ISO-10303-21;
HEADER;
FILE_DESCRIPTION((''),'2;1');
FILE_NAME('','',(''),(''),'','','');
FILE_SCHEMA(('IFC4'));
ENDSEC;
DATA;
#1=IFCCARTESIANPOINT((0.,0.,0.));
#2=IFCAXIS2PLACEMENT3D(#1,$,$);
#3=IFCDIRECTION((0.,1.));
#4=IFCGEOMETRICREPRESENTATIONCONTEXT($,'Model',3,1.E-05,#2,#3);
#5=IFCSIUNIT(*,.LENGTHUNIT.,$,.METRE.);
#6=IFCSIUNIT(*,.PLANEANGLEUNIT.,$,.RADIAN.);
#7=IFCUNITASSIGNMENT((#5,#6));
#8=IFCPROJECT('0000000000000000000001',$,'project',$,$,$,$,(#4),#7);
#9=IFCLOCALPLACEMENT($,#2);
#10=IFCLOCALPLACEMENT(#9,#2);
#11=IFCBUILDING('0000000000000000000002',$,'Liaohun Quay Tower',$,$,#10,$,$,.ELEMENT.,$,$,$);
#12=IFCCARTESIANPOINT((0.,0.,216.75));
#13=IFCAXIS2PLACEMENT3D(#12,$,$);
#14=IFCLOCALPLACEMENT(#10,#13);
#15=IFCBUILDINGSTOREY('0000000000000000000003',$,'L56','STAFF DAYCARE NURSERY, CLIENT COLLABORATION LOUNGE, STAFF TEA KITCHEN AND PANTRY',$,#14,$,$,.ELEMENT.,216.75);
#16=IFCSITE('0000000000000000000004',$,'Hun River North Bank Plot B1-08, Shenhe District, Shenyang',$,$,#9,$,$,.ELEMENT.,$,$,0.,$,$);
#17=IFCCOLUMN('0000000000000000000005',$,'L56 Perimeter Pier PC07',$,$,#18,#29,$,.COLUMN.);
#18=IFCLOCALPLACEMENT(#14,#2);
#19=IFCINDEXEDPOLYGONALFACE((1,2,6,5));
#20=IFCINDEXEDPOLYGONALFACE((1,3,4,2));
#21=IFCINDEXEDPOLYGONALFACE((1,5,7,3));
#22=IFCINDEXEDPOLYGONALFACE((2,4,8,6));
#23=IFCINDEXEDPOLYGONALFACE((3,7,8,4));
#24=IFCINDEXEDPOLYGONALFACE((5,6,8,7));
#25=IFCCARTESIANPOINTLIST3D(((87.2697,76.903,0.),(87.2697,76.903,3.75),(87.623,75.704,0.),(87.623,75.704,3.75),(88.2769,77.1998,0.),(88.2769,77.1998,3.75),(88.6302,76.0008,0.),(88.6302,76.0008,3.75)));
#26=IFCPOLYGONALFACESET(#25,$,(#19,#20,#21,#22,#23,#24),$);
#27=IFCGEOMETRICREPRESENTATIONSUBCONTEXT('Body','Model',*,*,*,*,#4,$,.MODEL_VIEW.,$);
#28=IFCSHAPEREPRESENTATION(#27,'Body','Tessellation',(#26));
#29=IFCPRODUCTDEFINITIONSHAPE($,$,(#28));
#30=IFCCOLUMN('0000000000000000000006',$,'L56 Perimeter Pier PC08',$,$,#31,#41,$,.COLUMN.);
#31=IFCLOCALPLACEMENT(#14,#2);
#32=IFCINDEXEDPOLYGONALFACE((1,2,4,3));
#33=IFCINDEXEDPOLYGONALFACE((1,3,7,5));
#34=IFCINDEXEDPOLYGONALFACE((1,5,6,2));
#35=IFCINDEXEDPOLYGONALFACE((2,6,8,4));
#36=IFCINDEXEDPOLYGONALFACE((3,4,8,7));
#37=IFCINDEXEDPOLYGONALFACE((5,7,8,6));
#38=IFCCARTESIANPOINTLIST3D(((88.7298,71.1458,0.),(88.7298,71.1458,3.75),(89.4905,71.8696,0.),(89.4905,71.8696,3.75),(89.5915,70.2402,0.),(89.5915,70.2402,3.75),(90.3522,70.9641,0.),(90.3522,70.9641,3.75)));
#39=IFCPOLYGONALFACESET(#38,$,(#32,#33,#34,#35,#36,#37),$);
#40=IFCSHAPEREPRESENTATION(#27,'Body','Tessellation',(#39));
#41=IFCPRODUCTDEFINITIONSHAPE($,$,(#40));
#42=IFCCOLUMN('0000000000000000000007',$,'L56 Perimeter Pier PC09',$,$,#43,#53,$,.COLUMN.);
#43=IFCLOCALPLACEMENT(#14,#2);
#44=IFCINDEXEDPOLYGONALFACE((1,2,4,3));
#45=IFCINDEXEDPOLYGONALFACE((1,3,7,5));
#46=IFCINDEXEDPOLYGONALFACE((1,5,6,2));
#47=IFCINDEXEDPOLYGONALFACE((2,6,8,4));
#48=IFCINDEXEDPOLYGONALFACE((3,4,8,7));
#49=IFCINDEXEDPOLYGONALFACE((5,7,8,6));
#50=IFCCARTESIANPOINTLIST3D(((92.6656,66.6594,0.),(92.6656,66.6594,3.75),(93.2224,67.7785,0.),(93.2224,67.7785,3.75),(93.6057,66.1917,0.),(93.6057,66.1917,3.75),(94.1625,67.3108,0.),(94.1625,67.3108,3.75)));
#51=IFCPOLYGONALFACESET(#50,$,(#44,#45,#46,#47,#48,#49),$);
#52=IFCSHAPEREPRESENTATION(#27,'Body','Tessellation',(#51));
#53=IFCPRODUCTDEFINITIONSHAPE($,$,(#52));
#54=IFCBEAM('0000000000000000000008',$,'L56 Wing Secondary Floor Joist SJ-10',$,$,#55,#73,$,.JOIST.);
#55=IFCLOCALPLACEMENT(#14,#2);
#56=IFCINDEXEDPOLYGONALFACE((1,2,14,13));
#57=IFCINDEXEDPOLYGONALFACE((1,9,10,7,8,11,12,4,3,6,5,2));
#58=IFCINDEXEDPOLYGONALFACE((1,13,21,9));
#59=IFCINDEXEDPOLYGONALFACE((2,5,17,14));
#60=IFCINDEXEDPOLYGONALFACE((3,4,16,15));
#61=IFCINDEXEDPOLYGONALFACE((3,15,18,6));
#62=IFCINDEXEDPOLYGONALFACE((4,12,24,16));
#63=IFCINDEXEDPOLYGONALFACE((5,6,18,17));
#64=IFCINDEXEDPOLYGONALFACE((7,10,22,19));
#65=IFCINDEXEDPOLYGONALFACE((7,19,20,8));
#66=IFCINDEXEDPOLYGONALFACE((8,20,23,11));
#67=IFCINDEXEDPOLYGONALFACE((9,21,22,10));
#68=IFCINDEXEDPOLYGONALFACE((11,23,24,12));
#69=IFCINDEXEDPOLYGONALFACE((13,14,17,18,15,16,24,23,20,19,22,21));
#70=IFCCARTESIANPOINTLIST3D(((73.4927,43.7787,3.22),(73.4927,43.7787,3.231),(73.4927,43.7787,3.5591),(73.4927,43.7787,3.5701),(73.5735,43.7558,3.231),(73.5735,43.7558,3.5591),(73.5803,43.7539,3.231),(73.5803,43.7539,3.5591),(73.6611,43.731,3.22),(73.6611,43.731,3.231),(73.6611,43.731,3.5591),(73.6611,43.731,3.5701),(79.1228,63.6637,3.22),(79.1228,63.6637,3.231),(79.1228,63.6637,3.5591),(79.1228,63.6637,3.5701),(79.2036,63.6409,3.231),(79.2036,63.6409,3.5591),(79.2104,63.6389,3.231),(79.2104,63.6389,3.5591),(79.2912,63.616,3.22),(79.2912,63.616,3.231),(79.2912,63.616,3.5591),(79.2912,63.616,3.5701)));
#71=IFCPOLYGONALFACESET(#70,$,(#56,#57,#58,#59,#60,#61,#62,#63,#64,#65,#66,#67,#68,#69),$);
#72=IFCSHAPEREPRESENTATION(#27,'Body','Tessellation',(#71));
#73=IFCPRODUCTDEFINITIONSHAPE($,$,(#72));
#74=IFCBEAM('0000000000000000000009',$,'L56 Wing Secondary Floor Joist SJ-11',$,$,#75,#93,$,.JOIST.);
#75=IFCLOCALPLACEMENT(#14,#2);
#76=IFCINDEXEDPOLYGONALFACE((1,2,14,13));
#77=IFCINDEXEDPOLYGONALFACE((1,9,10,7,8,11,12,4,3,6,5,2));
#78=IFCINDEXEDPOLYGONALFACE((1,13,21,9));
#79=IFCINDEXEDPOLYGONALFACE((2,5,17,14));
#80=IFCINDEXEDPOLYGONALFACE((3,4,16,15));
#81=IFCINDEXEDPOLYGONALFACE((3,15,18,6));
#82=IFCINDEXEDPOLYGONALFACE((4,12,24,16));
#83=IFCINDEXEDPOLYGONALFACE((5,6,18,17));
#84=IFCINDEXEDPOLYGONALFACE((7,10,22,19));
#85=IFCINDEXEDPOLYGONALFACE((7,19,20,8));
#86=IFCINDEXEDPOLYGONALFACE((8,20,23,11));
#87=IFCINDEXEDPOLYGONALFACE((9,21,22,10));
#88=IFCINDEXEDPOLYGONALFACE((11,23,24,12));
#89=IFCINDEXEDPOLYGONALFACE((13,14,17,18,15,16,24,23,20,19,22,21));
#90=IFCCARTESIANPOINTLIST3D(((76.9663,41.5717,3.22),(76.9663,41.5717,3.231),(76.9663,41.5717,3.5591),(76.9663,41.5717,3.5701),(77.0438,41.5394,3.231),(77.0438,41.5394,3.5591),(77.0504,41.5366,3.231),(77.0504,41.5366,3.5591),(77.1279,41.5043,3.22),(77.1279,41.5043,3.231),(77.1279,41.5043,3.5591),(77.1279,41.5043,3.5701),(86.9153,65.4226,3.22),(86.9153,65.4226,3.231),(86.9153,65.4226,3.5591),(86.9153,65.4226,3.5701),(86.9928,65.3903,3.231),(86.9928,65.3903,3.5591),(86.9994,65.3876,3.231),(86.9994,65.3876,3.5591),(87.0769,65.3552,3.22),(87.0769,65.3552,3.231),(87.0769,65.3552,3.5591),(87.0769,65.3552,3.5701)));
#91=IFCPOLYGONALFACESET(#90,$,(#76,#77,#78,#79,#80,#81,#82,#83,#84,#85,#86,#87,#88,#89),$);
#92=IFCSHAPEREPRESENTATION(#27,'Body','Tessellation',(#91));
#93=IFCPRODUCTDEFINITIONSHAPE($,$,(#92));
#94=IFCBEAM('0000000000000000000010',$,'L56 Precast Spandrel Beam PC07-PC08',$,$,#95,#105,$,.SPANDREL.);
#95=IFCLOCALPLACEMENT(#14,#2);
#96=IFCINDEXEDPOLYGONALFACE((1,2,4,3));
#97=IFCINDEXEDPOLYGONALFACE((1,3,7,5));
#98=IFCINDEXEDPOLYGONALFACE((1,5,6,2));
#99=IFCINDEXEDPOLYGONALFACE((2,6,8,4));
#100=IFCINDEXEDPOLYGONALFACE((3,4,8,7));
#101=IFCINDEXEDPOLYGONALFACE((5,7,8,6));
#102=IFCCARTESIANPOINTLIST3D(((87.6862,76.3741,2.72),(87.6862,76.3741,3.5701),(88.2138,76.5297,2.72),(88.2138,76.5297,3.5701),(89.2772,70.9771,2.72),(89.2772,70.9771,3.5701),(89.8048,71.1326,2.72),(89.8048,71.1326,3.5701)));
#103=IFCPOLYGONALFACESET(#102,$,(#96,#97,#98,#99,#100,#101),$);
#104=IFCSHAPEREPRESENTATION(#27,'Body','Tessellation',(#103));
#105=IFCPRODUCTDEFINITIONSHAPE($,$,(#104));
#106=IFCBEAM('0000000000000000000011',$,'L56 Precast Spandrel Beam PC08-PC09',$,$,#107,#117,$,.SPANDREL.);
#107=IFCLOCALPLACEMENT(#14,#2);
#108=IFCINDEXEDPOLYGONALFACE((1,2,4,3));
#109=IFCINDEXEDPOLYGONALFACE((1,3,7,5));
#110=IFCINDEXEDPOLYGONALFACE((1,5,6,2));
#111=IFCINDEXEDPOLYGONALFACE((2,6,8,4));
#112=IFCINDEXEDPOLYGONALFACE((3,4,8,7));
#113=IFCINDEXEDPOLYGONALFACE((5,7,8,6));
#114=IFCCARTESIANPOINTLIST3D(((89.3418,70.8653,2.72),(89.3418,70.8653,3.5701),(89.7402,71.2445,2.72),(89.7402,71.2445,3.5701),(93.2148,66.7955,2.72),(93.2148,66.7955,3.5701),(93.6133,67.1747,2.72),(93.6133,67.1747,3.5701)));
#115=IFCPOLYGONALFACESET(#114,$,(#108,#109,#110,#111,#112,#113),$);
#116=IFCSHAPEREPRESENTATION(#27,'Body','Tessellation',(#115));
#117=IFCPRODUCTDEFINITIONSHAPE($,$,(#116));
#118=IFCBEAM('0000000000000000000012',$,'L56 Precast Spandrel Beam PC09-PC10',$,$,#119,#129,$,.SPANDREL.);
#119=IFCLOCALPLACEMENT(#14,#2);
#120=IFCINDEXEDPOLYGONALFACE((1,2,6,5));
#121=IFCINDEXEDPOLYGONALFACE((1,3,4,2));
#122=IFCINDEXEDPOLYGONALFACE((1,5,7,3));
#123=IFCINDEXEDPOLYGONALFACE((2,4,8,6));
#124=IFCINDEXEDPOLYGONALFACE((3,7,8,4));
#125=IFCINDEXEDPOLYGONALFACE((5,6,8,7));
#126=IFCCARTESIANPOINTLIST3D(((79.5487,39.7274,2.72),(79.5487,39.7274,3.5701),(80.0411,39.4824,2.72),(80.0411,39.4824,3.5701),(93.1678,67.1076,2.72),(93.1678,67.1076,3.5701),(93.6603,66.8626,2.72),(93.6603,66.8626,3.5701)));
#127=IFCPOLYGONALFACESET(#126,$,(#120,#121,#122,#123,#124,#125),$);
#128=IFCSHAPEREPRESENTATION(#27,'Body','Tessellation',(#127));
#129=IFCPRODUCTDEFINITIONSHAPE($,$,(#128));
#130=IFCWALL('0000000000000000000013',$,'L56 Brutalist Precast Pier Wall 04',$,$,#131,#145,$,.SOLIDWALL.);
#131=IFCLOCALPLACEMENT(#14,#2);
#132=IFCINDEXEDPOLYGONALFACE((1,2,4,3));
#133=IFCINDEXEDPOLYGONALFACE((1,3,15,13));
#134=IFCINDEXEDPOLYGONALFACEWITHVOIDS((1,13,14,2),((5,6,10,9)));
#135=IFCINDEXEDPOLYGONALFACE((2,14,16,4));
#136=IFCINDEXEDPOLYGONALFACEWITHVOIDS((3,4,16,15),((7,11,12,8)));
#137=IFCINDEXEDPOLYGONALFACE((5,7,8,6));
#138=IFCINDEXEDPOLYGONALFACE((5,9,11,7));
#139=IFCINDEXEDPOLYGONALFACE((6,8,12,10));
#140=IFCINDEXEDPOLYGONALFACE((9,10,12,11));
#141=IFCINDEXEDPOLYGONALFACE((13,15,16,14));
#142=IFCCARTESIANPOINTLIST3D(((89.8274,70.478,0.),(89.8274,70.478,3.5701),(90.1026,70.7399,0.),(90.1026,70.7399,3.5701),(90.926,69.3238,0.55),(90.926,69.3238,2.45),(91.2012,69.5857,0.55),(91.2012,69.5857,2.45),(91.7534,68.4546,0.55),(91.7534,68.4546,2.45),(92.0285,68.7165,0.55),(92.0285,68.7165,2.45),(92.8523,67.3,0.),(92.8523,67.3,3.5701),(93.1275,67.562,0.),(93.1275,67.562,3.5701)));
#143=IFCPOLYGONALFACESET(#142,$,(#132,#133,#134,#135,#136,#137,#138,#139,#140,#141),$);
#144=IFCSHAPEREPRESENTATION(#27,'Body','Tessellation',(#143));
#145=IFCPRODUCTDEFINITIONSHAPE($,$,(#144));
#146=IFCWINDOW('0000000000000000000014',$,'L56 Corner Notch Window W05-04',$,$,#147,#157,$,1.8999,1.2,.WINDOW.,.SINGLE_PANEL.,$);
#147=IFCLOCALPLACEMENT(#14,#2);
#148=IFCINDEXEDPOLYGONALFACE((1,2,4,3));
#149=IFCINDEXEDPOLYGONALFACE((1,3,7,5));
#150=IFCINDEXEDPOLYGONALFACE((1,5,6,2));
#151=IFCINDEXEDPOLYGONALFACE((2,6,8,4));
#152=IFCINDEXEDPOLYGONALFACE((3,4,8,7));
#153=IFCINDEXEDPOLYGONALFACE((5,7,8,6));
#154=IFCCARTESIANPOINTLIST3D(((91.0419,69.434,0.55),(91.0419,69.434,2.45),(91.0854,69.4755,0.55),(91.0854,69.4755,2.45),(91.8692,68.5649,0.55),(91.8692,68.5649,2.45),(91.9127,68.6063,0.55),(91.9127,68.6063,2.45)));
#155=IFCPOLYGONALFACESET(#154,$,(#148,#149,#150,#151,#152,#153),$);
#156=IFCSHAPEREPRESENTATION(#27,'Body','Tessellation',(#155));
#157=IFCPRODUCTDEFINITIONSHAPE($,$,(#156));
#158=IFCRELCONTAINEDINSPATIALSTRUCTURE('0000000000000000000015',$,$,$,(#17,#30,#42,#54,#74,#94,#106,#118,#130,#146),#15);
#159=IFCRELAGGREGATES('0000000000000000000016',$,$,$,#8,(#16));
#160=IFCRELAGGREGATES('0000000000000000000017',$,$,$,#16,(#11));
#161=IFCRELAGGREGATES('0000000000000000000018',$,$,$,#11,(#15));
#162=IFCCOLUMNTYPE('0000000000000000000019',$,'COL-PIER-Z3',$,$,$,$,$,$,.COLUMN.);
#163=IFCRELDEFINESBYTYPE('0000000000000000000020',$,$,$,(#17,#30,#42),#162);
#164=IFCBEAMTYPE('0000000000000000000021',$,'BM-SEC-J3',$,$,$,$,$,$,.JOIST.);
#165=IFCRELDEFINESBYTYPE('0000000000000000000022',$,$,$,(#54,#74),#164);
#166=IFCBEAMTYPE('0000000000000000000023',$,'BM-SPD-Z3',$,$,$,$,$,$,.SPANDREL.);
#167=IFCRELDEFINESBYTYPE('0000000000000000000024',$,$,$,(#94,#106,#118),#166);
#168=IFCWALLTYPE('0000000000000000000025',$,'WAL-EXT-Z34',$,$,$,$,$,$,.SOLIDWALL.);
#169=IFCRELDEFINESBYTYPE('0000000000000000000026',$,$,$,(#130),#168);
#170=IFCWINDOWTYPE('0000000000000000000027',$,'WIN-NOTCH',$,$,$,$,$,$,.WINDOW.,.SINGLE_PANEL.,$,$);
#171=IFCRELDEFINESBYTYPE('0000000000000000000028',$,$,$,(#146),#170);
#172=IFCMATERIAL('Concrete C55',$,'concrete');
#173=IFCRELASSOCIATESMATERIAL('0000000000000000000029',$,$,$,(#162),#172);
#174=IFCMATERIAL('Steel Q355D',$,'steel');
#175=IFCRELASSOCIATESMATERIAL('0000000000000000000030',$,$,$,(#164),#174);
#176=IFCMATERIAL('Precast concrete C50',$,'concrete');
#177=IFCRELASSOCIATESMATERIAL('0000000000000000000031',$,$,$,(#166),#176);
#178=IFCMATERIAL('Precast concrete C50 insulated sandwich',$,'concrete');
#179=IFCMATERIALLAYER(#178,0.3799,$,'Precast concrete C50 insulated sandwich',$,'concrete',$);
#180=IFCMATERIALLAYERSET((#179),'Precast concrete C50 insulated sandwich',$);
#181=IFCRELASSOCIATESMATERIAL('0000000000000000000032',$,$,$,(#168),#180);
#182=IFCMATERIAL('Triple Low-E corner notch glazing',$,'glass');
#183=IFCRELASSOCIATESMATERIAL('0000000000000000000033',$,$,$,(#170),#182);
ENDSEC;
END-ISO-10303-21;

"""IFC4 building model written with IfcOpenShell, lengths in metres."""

from ifc_helpers import new_model, si_unit, direction, frame, frame_2d, origin, origin_2d, place, context, subcontext, project, spatial, rectangle, i_section, extrude, source, transform, mapped, material, layer, layer_set, material_profile, profile_set, type_object, element, fill, save


model = new_model("IFC4")

# Units and contexts
model_context = context("Model", 3, precision=1e-05, world=origin(), true_north=direction((0.0, 1.0)))
body_context = subcontext(model_context, "Body", "Model", "MODEL_VIEW")
ifc_project = project(units=[si_unit("LENGTHUNIT", "METRE"), si_unit("PLANEANGLEUNIT", "RADIAN")], contexts=[model_context])

# Site, building, storey
site_placement = place(None, origin())
site = spatial("IfcSite", under=ifc_project, at=site_placement, Name="Hun River North Bank Plot B1-08, Shenhe District, Shenyang", CompositionType="ELEMENT", RefElevation=0.0)
building_placement = place(site_placement, origin())
building = spatial("IfcBuilding", under=site, at=building_placement, Name="Liaohun Quay Tower", CompositionType="ELEMENT")
storey_placement = place(building_placement, frame((0.0, 0.0, 216.75)))
storey = spatial("IfcBuildingStorey", under=building, at=storey_placement, Name="L56", Description="STAFF DAYCARE NURSERY, CLIENT COLLABORATION LOUNGE, STAFF TEA KITCHEN AND PANTRY", CompositionType="ELEMENT", Elevation=216.75)

# Columns
ifc_material_1 = material(Name="Concrete C55", Category="concrete")
ifc_material_profile_1 = material_profile(ifc_material_1, rectangle(XDim=1.25, YDim=1.05, at=origin_2d()), Name="RC1250x1050")
ifc_profile_set_1 = profile_set([ifc_material_profile_1], Name="Concrete C55")
column_type = type_object("IfcColumnType", Name="COL-PIER-Z3", PredefinedType="COLUMN", material=ifc_profile_set_1)
shared_shape_1 = source(origin(), body_context, "Body", "SweptSolid", [
    extrude(rectangle(XDim=1.25, YDim=1.05, at=origin_2d()), origin(), (0.0, 0.0, 1.0), 3.75),
])
for number, where, z_axis, x_axis, name in (
    (1, (87.95, 76.4519, 0.0), (0.0, 0.0, 1.0), (-0.282676, 0.959215, 0.0), "L56 Perimeter Pier PC07"),
    (2, (89.541, 71.0549, 0.0), (0.0, 0.0, 1.0), (-0.689367, 0.724413, 0.0), "L56 Perimeter Pier PC08"),
    (3, (93.4141, 66.9851, 0.0), (0.0, 0.0, 1.0), (0.445417, 0.895323, 0.0), "L56 Perimeter Pier PC09"),
):
    element("IfcColumn", number, at=place(storey_placement, frame(where, z_axis=z_axis, x_axis=x_axis)), inside=storey, type_object=column_type, Name=name, PredefinedType="COLUMN", context=body_context, shape_type="MappedRepresentation", body=[
        mapped(shared_shape_1, transform((0.0, 0.0, 0.0), x_axis=(1.0, 0.0, 0.0), y_axis=(0.0, 1.0, 0.0), z_axis=(0.0, 0.0, 1.0), scale=1.0)),
    ])

# Beams
ifc_material_2 = material(Name="Steel Q355D", Category="steel")
ifc_material_profile_2 = material_profile(ifc_material_2, i_section(OverallWidth=0.175, OverallDepth=0.3501, WebThickness=0.0071, FlangeThickness=0.011, at=origin_2d()), Name="HN350x175x7x11")
ifc_profile_set_2 = profile_set([ifc_material_profile_2], Name="Steel Q355D")
beam_type_1 = type_object("IfcBeamType", Name="BM-SEC-J3", PredefinedType="JOIST", material=ifc_profile_set_2)
shared_shape_2 = source(origin(), body_context, "Body", "SweptSolid", [
    extrude(i_section(OverallWidth=0.175, OverallDepth=0.3501, WebThickness=0.0071, FlangeThickness=0.011, at=origin_2d()), origin(), (0.0, 0.0, 1.0), 20.6667),
])
beam_1_placement = place(storey_placement, frame((79.207, 63.6399, 3.395), z_axis=(-0.272425, -0.962177, 0.0), x_axis=(0.962177, -0.272425, 0.0)))
element("IfcBeam", 4, at=beam_1_placement, inside=storey, type_object=beam_type_1, Name="L56 Wing Secondary Floor Joist SJ-10", PredefinedType="JOIST", context=body_context, shape_type="MappedRepresentation", body=[
    mapped(shared_shape_2, transform((0.0, 0.0, 0.0), x_axis=(1.0, 0.0, 0.0), y_axis=(0.0, 1.0, 0.0), z_axis=(0.0, 0.0, 1.0), scale=1.0)),
])
shared_shape_3 = source(origin(), body_context, "Body", "SweptSolid", [
    extrude(i_section(OverallWidth=0.175, OverallDepth=0.3501, WebThickness=0.0071, FlangeThickness=0.011, at=origin_2d()), origin(), (0.0, 0.0, 1.0), 25.8428),
])
beam_2_placement = place(storey_placement, frame((86.9961, 65.3889, 3.395), z_axis=(-0.384982, -0.922924, 0.0), x_axis=(0.922924, -0.384982, 0.0)))
element("IfcBeam", 5, at=beam_2_placement, inside=storey, type_object=beam_type_1, Name="L56 Wing Secondary Floor Joist SJ-11", PredefinedType="JOIST", context=body_context, shape_type="MappedRepresentation", body=[
    mapped(shared_shape_3, transform((0.0, 0.0, 0.0), x_axis=(1.0, 0.0, 0.0), y_axis=(0.0, 1.0, 0.0), z_axis=(0.0, 0.0, 1.0), scale=1.0)),
])
ifc_material_3 = material(Name="Precast concrete C50", Category="concrete")
ifc_material_profile_3 = material_profile(ifc_material_3, rectangle(XDim=0.55, YDim=0.8501, at=origin_2d()), Name="RC550x850")
ifc_profile_set_3 = profile_set([ifc_material_profile_3], Name="Precast concrete C50")
beam_type_2 = type_object("IfcBeamType", Name="BM-SPD-Z3", PredefinedType="SPANDREL", material=ifc_profile_set_3)
shared_shape_4 = source(origin(), body_context, "Body", "SweptSolid", [
    extrude(rectangle(XDim=0.55, YDim=0.8501, at=origin_2d()), origin(), (0.0, 0.0, 1.0), 5.6267),
])
beam_3_placement = place(storey_placement, frame((87.95, 76.4519, 3.145), z_axis=(0.282775, -0.959186, 0.0), x_axis=(0.959186, 0.282775, 0.0)))
element("IfcBeam", 6, at=beam_3_placement, inside=storey, type_object=beam_type_2, Name="L56 Precast Spandrel Beam PC07-PC08", PredefinedType="SPANDREL", context=body_context, shape_type="MappedRepresentation", body=[
    mapped(shared_shape_4, transform((0.0, 0.0, 0.0), x_axis=(1.0, 0.0, 0.0), y_axis=(0.0, 1.0, 0.0), z_axis=(0.0, 0.0, 1.0), scale=1.0)),
])
shared_shape_5 = source(origin(), body_context, "Body", "SweptSolid", [
    extrude(rectangle(XDim=0.55, YDim=0.8501, at=origin_2d()), origin(), (0.0, 0.0, 1.0), 5.6182),
])
beam_4_placement = place(storey_placement, frame((89.541, 71.0549, 3.145), z_axis=(0.689377, -0.724402, 0.0), x_axis=(0.724402, 0.689377, 0.0)))
element("IfcBeam", 7, at=beam_4_placement, inside=storey, type_object=beam_type_2, Name="L56 Precast Spandrel Beam PC08-PC09", PredefinedType="SPANDREL", context=body_context, shape_type="MappedRepresentation", body=[
    mapped(shared_shape_5, transform((0.0, 0.0, 0.0), x_axis=(1.0, 0.0, 0.0), y_axis=(0.0, 1.0, 0.0), z_axis=(0.0, 0.0, 1.0), scale=1.0)),
])
shared_shape_6 = source(origin(), body_context, "Body", "SweptSolid", [
    extrude(rectangle(XDim=0.55, YDim=0.8501, at=origin_2d()), origin(), (0.0, 0.0, 1.0), 30.5803),
])
beam_5_placement = place(storey_placement, frame((93.4141, 66.9851, 3.145), z_axis=(-0.445357, -0.895353, 0.0), x_axis=(0.895353, -0.445357, 0.0)))
element("IfcBeam", 8, at=beam_5_placement, inside=storey, type_object=beam_type_2, Name="L56 Precast Spandrel Beam PC09-PC10", PredefinedType="SPANDREL", context=body_context, shape_type="MappedRepresentation", body=[
    mapped(shared_shape_6, transform((0.0, 0.0, 0.0), x_axis=(1.0, 0.0, 0.0), y_axis=(0.0, 1.0, 0.0), z_axis=(0.0, 0.0, 1.0), scale=1.0)),
])

# Wall, opening, window
ifc_material_4 = material(Name="Precast concrete C50 insulated sandwich", Category="concrete")
ifc_layer_1 = layer(ifc_material_4, 0.3799, Name="Precast concrete C50 insulated sandwich", Category="concrete")
ifc_layer_set_1 = layer_set([ifc_layer_1], Name="Precast concrete C50 insulated sandwich")
wall_type_1 = type_object("IfcWallType", Name="WAL-EXT-Z34", PredefinedType="SOLIDWALL", material=ifc_layer_set_1)
wall_1_placement = place(storey_placement, frame((92.99, 67.4309, 0.0), z_axis=(0.0, 0.0, 1.0), x_axis=(-0.689447, 0.724336, 0.0)))
wall_1 = element("IfcWall", 9, at=wall_1_placement, inside=storey, type_object=wall_type_1, Name="L56 Brutalist Precast Pier Wall 04", PredefinedType="SOLIDWALL", context=body_context, shape_type="SweptSolid", body=[
    extrude(rectangle(XDim=4.3875, YDim=0.3799, at=frame_2d((2.1938, 0.0))), origin(), (0.0, 0.0, 1.0), 3.5701),
])
shared_shape_7 = source(origin(), body_context, "Body", "SweptSolid", [
    extrude(rectangle(XDim=1.2, YDim=1.8999, at=frame_2d((0.6001, 0.95))), frame((0.0, 0.2, 0.0), z_axis=(0.0, -1.0, 0.0), x_axis=(1.0, 0.0, 0.0)), (0.0, 0.0, 1.0), 0.3999),
])
opening_1_placement = place(wall_1_placement, frame((1.594, 0.0, 0.55)))
opening_1 = element("IfcOpeningElement", 10, at=opening_1_placement, cuts=wall_1, PredefinedType="OPENING", context=body_context, shape_type="MappedRepresentation", body=[
    mapped(shared_shape_7, transform((0.0, 0.0, 0.0), x_axis=(1.0, 0.0, 0.0), y_axis=(0.0, 1.0, 0.0), z_axis=(0.0, 0.0, 1.0), scale=1.0)),
])
ifc_material_5 = material(Name="Triple Low-E corner notch glazing", Category="glass")
window_type_1 = type_object("IfcWindowType", Name="WIN-NOTCH", PartitioningType="SINGLE_PANEL", PredefinedType="WINDOW", material=ifc_material_5)
shared_shape_8 = source(origin(), body_context, "Body", "SweptSolid", [
    extrude(rectangle(XDim=1.2, YDim=1.8999, at=frame_2d((0.6001, 0.95))), frame((0.0, 0.03, 0.0), z_axis=(0.0, -1.0, 0.0), x_axis=(1.0, 0.0, 0.0)), (0.0, 0.0, 1.0), 0.0601),
])
window_1_placement = place(opening_1_placement, origin())
window_1 = element("IfcWindow", 11, at=window_1_placement, inside=storey, type_object=window_type_1, Name="L56 Corner Notch Window W05-04", OverallHeight=1.8999, OverallWidth=1.2, PartitioningType="SINGLE_PANEL", PredefinedType="WINDOW", context=body_context, shape_type="MappedRepresentation", body=[
    mapped(shared_shape_8, transform((0.0, 0.0, 0.0), x_axis=(1.0, 0.0, 0.0), y_axis=(0.0, 1.0, 0.0), z_axis=(0.0, 0.0, 1.0), scale=1.0)),
])
fill(opening_1, window_1)

save(model, "model.ifc")
